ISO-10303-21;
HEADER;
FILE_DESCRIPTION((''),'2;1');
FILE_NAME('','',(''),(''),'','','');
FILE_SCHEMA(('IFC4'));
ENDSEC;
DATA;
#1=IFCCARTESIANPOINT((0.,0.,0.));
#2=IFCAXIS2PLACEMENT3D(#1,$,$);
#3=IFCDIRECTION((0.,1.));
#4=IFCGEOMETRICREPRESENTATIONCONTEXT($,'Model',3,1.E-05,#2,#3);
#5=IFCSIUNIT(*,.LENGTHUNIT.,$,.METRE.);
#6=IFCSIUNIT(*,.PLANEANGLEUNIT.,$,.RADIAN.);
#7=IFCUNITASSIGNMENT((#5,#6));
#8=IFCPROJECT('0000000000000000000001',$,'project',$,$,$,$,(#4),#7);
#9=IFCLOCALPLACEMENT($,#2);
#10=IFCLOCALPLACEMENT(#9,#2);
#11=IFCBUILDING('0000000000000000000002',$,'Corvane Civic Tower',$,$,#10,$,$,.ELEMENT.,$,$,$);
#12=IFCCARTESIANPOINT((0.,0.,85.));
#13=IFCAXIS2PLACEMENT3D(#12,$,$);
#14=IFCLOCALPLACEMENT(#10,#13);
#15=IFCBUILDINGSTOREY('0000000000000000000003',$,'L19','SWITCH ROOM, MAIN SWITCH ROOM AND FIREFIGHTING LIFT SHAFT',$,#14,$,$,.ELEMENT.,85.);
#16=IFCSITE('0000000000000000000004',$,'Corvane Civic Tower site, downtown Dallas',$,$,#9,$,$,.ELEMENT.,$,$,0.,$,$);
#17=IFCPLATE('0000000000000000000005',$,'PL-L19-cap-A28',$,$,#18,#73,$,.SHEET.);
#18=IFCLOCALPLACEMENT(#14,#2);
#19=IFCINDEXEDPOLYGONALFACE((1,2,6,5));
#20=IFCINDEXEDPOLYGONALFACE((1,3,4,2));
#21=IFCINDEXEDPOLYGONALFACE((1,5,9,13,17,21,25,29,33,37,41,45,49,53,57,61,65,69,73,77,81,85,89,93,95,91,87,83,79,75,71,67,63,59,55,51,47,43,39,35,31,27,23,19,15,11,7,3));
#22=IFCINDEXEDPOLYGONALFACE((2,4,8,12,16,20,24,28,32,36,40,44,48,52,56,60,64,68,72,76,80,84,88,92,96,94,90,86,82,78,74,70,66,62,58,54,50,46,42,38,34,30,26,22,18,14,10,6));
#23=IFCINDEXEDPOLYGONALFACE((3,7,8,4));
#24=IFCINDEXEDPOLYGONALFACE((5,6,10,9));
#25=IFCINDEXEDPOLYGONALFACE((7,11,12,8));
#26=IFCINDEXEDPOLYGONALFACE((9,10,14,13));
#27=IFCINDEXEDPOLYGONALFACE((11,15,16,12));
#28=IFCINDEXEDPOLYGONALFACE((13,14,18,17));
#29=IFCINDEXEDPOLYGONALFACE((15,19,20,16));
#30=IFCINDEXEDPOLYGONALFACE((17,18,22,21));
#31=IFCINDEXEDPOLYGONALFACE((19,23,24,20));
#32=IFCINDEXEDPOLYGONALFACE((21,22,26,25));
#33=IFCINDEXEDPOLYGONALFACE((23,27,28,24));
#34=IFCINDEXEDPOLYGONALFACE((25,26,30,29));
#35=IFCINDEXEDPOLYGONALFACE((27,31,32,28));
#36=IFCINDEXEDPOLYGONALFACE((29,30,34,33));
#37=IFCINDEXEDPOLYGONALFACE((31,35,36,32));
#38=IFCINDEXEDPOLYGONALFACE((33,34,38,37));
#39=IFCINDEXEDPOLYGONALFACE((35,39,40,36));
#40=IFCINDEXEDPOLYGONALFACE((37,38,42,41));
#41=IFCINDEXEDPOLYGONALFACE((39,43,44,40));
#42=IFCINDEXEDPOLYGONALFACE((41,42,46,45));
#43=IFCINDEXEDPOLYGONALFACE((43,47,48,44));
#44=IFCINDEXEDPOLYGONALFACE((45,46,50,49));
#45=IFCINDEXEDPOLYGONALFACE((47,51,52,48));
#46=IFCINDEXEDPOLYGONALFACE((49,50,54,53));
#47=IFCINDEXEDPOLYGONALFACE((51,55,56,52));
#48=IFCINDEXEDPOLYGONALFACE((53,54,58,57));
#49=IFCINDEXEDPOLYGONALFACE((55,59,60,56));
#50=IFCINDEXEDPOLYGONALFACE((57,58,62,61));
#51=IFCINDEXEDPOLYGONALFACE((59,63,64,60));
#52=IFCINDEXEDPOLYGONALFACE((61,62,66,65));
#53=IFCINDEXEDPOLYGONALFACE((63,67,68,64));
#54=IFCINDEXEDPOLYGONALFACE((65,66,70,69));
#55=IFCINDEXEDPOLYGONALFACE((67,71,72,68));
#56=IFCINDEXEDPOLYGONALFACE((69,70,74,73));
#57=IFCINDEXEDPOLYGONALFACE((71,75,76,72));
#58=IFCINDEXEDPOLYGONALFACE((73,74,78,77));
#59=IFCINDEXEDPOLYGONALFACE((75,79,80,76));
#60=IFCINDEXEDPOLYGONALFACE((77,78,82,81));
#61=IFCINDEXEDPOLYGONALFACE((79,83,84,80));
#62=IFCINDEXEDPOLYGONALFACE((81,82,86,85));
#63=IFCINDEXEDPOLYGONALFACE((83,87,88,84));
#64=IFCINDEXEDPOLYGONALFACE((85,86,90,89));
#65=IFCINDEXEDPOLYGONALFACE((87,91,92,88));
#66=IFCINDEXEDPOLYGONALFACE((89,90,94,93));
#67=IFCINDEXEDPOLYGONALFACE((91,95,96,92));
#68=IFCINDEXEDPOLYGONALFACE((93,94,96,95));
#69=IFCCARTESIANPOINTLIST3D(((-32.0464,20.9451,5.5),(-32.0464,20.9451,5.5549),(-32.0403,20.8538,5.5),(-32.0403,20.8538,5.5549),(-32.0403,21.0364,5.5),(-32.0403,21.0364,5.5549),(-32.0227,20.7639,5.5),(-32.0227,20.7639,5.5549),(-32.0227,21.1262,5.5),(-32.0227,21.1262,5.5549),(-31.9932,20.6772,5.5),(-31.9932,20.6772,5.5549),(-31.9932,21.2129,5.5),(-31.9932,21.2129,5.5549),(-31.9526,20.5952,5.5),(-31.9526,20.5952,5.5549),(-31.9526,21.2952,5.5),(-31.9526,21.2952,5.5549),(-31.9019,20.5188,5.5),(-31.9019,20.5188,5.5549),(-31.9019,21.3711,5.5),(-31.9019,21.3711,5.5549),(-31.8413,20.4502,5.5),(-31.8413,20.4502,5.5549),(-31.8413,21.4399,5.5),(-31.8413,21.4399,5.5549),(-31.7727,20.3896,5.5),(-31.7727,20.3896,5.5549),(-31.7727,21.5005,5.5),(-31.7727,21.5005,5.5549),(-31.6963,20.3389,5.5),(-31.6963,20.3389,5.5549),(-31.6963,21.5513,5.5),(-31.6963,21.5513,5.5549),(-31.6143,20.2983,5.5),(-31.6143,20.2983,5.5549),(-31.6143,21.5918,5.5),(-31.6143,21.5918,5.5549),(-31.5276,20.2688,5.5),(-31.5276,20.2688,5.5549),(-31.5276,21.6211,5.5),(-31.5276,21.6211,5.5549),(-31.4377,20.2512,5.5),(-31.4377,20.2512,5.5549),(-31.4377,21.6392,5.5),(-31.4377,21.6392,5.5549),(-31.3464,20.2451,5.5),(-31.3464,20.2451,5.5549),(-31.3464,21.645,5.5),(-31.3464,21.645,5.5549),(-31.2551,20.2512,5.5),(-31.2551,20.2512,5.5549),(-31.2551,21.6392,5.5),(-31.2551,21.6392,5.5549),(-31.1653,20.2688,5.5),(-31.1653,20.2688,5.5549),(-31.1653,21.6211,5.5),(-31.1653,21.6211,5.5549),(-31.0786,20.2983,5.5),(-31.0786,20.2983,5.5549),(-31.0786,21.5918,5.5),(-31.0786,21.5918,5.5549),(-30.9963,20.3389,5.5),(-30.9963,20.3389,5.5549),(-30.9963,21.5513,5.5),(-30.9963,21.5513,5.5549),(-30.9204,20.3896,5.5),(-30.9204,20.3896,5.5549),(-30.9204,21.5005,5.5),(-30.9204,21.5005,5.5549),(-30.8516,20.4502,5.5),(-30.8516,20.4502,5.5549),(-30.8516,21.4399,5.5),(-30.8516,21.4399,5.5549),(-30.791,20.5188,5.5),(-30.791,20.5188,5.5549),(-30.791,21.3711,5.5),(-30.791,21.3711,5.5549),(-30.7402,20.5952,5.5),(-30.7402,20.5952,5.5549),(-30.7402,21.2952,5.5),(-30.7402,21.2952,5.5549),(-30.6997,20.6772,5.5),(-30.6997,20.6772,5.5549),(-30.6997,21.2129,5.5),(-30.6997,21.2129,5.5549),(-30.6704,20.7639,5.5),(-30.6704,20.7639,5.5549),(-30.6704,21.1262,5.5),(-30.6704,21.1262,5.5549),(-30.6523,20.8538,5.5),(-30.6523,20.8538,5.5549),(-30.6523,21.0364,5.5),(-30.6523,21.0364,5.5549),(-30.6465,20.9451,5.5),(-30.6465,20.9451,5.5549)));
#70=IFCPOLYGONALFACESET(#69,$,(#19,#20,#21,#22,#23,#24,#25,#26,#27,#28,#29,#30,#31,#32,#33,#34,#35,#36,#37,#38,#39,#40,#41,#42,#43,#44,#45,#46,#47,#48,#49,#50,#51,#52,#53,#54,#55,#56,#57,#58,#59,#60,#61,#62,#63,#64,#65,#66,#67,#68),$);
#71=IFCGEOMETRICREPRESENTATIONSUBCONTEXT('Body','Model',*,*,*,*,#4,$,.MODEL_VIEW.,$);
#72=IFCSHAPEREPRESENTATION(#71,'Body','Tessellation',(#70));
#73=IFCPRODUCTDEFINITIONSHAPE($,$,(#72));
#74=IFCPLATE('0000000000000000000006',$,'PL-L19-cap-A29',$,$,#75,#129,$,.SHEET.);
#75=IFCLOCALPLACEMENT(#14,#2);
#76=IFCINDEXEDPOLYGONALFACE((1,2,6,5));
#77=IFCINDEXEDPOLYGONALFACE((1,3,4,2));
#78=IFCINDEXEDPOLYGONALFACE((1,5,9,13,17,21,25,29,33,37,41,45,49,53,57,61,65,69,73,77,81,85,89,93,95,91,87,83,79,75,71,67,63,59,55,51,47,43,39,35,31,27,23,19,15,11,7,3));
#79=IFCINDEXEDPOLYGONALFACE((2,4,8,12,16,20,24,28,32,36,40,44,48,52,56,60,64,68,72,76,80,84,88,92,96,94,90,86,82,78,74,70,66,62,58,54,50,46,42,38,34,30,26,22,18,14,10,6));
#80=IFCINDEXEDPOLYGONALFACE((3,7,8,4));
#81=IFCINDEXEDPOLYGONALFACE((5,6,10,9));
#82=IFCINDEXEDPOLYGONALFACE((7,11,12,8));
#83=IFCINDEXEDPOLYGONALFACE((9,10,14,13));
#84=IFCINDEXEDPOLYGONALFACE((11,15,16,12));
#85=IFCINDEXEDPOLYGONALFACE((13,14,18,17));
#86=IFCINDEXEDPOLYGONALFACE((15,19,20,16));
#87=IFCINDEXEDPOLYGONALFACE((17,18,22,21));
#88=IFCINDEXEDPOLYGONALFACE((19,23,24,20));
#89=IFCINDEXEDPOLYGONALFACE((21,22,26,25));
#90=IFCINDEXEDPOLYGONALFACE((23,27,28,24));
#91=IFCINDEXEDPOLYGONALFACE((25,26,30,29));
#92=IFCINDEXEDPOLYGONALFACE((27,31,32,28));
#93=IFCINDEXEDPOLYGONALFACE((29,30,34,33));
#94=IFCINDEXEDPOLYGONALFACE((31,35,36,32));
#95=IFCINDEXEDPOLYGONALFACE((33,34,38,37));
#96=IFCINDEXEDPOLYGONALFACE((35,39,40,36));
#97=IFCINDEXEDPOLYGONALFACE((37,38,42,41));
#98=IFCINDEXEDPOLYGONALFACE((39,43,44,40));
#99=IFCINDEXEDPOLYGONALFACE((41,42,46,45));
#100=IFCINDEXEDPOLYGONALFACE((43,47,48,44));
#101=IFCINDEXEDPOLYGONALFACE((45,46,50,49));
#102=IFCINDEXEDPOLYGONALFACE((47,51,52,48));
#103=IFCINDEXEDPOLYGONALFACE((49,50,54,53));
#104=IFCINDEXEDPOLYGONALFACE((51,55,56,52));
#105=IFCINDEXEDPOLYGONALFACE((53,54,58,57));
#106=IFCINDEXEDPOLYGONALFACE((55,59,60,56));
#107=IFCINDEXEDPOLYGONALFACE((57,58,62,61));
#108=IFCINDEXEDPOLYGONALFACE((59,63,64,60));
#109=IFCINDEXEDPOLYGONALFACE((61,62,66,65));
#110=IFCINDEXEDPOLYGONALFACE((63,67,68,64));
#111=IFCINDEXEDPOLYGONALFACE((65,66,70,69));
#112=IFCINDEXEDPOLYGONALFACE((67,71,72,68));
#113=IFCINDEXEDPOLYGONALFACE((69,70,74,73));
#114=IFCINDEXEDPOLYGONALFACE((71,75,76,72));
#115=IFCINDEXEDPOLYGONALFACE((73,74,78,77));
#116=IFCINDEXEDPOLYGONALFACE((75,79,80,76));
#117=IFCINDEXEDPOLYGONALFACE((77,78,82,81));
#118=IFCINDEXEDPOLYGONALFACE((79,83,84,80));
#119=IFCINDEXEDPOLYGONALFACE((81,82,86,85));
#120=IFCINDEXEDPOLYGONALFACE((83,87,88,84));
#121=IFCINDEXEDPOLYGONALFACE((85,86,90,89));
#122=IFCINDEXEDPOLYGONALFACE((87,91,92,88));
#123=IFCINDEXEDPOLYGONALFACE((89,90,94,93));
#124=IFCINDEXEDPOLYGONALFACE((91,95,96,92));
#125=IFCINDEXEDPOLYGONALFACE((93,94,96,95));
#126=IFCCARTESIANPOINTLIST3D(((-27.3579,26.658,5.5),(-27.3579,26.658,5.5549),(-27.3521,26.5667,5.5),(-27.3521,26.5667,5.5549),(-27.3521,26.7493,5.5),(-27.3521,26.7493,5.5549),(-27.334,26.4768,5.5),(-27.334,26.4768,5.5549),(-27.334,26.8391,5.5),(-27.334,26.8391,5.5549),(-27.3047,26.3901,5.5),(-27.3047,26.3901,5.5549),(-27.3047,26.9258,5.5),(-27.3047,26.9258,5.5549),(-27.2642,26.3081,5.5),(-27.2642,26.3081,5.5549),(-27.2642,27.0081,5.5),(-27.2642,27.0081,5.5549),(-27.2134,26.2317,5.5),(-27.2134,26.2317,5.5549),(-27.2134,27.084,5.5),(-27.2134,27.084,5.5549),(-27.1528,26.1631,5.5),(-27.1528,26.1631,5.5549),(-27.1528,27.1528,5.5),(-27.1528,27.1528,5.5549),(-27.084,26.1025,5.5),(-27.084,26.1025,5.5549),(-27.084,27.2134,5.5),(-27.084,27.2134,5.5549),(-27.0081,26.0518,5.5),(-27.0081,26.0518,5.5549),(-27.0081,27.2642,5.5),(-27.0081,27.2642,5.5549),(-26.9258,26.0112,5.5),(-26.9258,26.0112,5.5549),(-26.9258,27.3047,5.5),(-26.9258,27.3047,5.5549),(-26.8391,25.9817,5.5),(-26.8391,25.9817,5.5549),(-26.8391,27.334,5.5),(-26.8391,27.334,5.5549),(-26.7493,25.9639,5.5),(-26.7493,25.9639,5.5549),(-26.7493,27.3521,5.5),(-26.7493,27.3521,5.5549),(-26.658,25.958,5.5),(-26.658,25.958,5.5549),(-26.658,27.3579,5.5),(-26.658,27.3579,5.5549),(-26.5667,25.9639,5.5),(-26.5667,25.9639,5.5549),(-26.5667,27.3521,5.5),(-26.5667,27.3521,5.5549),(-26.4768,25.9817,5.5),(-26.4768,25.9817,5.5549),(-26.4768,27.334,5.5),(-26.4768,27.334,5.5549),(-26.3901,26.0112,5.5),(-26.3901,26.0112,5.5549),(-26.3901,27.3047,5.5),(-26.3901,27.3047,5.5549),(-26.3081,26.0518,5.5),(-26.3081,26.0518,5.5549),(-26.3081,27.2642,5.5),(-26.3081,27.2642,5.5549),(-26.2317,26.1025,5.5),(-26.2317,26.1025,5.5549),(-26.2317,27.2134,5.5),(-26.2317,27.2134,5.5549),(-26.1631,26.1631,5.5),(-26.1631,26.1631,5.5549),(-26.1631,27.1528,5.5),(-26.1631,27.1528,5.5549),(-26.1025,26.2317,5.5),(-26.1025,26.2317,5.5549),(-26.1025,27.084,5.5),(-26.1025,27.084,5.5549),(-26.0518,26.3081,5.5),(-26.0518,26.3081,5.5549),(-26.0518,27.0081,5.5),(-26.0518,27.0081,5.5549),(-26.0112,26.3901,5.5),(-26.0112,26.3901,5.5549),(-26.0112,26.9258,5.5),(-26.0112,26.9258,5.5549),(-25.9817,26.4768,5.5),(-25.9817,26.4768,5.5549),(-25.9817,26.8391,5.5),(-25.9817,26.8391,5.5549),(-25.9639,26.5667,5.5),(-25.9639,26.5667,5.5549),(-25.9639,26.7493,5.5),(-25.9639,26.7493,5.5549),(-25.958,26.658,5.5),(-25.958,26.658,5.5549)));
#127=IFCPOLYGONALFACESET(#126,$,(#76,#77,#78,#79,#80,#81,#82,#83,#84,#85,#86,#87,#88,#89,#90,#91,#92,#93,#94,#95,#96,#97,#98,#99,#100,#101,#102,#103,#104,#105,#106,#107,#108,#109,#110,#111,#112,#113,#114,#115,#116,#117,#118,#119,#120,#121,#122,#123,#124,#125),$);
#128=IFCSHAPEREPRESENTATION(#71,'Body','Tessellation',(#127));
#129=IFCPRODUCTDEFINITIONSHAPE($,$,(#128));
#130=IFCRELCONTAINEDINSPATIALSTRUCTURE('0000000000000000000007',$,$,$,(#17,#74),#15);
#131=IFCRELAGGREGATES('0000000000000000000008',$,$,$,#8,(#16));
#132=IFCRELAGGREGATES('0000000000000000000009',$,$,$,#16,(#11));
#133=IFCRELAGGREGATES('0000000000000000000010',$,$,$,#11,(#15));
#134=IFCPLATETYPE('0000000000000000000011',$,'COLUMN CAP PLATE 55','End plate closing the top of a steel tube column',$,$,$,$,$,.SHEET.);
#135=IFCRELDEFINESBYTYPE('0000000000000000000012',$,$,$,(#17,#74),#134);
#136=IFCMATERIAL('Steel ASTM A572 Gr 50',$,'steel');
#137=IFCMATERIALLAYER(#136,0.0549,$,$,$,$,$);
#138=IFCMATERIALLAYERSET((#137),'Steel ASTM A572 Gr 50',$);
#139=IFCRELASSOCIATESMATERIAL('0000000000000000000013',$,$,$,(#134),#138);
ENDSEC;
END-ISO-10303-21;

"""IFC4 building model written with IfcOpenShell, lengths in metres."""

from ifc_helpers import new_model, si_unit, direction, frame, origin, place, context, subcontext, project, spatial, polyline, outline, extrude, material, layer, layer_set, type_object, element, save


model = new_model("IFC4")

# Units and contexts
model_context = context("Model", 3, precision=1e-05, world=origin(), true_north=direction((0.0, 1.0)))
body_context = subcontext(model_context, "Body", "Model", "MODEL_VIEW")
ifc_project = project(units=[si_unit("LENGTHUNIT", "METRE"), si_unit("PLANEANGLEUNIT", "RADIAN")], contexts=[model_context])

# Site, building, storey
site_placement = place(None, origin())
site = spatial("IfcSite", under=ifc_project, at=site_placement, Name="Corvane Civic Tower site, downtown Dallas", CompositionType="ELEMENT", RefElevation=0.0)
building_placement = place(site_placement, origin())
building = spatial("IfcBuilding", under=site, at=building_placement, Name="Corvane Civic Tower", CompositionType="ELEMENT")
storey_placement = place(building_placement, frame((0.0, 0.0, 85.0)))
storey = spatial("IfcBuildingStorey", under=building, at=storey_placement, Name="L19", Description="SWITCH ROOM, MAIN SWITCH ROOM AND FIREFIGHTING LIFT SHAFT", CompositionType="ELEMENT", Elevation=85.0)

# Plates
ifc_material_1 = material(Name="Steel ASTM A572 Gr 50", Category="steel")
ifc_layer_1 = layer(ifc_material_1, 0.0549)
ifc_layer_set_1 = layer_set([ifc_layer_1], Name="Steel ASTM A572 Gr 50")
plate_type = type_object("IfcPlateType", Name="COLUMN CAP PLATE 55", Description="End plate closing the top of a steel tube column", PredefinedType="SHEET", material=ifc_layer_set_1)
plate_1_placement = place(storey_placement, frame((0.0, 0.0, 5.5)))
element("IfcPlate", 1, at=plate_1_placement, inside=storey, type_object=plate_type, Name="PL-L19-cap-A28", PredefinedType="SHEET", context=body_context, shape_type="SweptSolid", body=[
    extrude(outline(polyline([(-30.6465, 20.9451), (-30.6523, 21.0364), (-30.6704, 21.1262), (-30.6997, 21.2129), (-30.7402, 21.2952), (-30.791, 21.3711), (-30.8516, 21.4399), (-30.9204, 21.5005), (-30.9963, 21.5513), (-31.0786, 21.5918), (-31.1653, 21.6211), (-31.2551, 21.6392), (-31.3464, 21.645), (-31.4377, 21.6392), (-31.5276, 21.6211), (-31.6143, 21.5918), (-31.6963, 21.5513), (-31.7727, 21.5005), (-31.8413, 21.4399), (-31.9019, 21.3711), (-31.9526, 21.2952), (-31.9932, 21.2129), (-32.0227, 21.1262), (-32.0403, 21.0364), (-32.0464, 20.9451), (-32.0403, 20.8538), (-32.0227, 20.7639), (-31.9932, 20.6772), (-31.9526, 20.5952), (-31.9019, 20.5188), (-31.8413, 20.4502), (-31.7727, 20.3896), (-31.6963, 20.3389), (-31.6143, 20.2983), (-31.5276, 20.2688), (-31.4377, 20.2512), (-31.3464, 20.2451), (-31.2551, 20.2512), (-31.1653, 20.2688), (-31.0786, 20.2983), (-30.9963, 20.3389), (-30.9204, 20.3896), (-30.8516, 20.4502), (-30.791, 20.5188), (-30.7402, 20.5952), (-30.6997, 20.6772), (-30.6704, 20.7639), (-30.6523, 20.8538), (-30.6465, 20.9451)])), origin(), (0.0, 0.0, 1.0), 0.0549),
])
plate_2_placement = place(storey_placement, frame((0.0, 0.0, 5.5)))
element("IfcPlate", 2, at=plate_2_placement, inside=storey, type_object=plate_type, Name="PL-L19-cap-A29", PredefinedType="SHEET", context=body_context, shape_type="SweptSolid", body=[
    extrude(outline(polyline([(-25.958, 26.658), (-25.9639, 26.7493), (-25.9817, 26.8391), (-26.0112, 26.9258), (-26.0518, 27.0081), (-26.1025, 27.084), (-26.1631, 27.1528), (-26.2317, 27.2134), (-26.3081, 27.2642), (-26.3901, 27.3047), (-26.4768, 27.334), (-26.5667, 27.3521), (-26.658, 27.3579), (-26.7493, 27.3521), (-26.8391, 27.334), (-26.9258, 27.3047), (-27.0081, 27.2642), (-27.084, 27.2134), (-27.1528, 27.1528), (-27.2134, 27.084), (-27.2642, 27.0081), (-27.3047, 26.9258), (-27.334, 26.8391), (-27.3521, 26.7493), (-27.3579, 26.658), (-27.3521, 26.5667), (-27.334, 26.4768), (-27.3047, 26.3901), (-27.2642, 26.3081), (-27.2134, 26.2317), (-27.1528, 26.1631), (-27.084, 26.1025), (-27.0081, 26.0518), (-26.9258, 26.0112), (-26.8391, 25.9817), (-26.7493, 25.9639), (-26.658, 25.958), (-26.5667, 25.9639), (-26.4768, 25.9817), (-26.3901, 26.0112), (-26.3081, 26.0518), (-26.2317, 26.1025), (-26.1631, 26.1631), (-26.1025, 26.2317), (-26.0518, 26.3081), (-26.0112, 26.3901), (-25.9817, 26.4768), (-25.9639, 26.5667), (-25.958, 26.658)])), origin(), (0.0, 0.0, 1.0), 0.0549),
])

save(model, "model.ifc")
